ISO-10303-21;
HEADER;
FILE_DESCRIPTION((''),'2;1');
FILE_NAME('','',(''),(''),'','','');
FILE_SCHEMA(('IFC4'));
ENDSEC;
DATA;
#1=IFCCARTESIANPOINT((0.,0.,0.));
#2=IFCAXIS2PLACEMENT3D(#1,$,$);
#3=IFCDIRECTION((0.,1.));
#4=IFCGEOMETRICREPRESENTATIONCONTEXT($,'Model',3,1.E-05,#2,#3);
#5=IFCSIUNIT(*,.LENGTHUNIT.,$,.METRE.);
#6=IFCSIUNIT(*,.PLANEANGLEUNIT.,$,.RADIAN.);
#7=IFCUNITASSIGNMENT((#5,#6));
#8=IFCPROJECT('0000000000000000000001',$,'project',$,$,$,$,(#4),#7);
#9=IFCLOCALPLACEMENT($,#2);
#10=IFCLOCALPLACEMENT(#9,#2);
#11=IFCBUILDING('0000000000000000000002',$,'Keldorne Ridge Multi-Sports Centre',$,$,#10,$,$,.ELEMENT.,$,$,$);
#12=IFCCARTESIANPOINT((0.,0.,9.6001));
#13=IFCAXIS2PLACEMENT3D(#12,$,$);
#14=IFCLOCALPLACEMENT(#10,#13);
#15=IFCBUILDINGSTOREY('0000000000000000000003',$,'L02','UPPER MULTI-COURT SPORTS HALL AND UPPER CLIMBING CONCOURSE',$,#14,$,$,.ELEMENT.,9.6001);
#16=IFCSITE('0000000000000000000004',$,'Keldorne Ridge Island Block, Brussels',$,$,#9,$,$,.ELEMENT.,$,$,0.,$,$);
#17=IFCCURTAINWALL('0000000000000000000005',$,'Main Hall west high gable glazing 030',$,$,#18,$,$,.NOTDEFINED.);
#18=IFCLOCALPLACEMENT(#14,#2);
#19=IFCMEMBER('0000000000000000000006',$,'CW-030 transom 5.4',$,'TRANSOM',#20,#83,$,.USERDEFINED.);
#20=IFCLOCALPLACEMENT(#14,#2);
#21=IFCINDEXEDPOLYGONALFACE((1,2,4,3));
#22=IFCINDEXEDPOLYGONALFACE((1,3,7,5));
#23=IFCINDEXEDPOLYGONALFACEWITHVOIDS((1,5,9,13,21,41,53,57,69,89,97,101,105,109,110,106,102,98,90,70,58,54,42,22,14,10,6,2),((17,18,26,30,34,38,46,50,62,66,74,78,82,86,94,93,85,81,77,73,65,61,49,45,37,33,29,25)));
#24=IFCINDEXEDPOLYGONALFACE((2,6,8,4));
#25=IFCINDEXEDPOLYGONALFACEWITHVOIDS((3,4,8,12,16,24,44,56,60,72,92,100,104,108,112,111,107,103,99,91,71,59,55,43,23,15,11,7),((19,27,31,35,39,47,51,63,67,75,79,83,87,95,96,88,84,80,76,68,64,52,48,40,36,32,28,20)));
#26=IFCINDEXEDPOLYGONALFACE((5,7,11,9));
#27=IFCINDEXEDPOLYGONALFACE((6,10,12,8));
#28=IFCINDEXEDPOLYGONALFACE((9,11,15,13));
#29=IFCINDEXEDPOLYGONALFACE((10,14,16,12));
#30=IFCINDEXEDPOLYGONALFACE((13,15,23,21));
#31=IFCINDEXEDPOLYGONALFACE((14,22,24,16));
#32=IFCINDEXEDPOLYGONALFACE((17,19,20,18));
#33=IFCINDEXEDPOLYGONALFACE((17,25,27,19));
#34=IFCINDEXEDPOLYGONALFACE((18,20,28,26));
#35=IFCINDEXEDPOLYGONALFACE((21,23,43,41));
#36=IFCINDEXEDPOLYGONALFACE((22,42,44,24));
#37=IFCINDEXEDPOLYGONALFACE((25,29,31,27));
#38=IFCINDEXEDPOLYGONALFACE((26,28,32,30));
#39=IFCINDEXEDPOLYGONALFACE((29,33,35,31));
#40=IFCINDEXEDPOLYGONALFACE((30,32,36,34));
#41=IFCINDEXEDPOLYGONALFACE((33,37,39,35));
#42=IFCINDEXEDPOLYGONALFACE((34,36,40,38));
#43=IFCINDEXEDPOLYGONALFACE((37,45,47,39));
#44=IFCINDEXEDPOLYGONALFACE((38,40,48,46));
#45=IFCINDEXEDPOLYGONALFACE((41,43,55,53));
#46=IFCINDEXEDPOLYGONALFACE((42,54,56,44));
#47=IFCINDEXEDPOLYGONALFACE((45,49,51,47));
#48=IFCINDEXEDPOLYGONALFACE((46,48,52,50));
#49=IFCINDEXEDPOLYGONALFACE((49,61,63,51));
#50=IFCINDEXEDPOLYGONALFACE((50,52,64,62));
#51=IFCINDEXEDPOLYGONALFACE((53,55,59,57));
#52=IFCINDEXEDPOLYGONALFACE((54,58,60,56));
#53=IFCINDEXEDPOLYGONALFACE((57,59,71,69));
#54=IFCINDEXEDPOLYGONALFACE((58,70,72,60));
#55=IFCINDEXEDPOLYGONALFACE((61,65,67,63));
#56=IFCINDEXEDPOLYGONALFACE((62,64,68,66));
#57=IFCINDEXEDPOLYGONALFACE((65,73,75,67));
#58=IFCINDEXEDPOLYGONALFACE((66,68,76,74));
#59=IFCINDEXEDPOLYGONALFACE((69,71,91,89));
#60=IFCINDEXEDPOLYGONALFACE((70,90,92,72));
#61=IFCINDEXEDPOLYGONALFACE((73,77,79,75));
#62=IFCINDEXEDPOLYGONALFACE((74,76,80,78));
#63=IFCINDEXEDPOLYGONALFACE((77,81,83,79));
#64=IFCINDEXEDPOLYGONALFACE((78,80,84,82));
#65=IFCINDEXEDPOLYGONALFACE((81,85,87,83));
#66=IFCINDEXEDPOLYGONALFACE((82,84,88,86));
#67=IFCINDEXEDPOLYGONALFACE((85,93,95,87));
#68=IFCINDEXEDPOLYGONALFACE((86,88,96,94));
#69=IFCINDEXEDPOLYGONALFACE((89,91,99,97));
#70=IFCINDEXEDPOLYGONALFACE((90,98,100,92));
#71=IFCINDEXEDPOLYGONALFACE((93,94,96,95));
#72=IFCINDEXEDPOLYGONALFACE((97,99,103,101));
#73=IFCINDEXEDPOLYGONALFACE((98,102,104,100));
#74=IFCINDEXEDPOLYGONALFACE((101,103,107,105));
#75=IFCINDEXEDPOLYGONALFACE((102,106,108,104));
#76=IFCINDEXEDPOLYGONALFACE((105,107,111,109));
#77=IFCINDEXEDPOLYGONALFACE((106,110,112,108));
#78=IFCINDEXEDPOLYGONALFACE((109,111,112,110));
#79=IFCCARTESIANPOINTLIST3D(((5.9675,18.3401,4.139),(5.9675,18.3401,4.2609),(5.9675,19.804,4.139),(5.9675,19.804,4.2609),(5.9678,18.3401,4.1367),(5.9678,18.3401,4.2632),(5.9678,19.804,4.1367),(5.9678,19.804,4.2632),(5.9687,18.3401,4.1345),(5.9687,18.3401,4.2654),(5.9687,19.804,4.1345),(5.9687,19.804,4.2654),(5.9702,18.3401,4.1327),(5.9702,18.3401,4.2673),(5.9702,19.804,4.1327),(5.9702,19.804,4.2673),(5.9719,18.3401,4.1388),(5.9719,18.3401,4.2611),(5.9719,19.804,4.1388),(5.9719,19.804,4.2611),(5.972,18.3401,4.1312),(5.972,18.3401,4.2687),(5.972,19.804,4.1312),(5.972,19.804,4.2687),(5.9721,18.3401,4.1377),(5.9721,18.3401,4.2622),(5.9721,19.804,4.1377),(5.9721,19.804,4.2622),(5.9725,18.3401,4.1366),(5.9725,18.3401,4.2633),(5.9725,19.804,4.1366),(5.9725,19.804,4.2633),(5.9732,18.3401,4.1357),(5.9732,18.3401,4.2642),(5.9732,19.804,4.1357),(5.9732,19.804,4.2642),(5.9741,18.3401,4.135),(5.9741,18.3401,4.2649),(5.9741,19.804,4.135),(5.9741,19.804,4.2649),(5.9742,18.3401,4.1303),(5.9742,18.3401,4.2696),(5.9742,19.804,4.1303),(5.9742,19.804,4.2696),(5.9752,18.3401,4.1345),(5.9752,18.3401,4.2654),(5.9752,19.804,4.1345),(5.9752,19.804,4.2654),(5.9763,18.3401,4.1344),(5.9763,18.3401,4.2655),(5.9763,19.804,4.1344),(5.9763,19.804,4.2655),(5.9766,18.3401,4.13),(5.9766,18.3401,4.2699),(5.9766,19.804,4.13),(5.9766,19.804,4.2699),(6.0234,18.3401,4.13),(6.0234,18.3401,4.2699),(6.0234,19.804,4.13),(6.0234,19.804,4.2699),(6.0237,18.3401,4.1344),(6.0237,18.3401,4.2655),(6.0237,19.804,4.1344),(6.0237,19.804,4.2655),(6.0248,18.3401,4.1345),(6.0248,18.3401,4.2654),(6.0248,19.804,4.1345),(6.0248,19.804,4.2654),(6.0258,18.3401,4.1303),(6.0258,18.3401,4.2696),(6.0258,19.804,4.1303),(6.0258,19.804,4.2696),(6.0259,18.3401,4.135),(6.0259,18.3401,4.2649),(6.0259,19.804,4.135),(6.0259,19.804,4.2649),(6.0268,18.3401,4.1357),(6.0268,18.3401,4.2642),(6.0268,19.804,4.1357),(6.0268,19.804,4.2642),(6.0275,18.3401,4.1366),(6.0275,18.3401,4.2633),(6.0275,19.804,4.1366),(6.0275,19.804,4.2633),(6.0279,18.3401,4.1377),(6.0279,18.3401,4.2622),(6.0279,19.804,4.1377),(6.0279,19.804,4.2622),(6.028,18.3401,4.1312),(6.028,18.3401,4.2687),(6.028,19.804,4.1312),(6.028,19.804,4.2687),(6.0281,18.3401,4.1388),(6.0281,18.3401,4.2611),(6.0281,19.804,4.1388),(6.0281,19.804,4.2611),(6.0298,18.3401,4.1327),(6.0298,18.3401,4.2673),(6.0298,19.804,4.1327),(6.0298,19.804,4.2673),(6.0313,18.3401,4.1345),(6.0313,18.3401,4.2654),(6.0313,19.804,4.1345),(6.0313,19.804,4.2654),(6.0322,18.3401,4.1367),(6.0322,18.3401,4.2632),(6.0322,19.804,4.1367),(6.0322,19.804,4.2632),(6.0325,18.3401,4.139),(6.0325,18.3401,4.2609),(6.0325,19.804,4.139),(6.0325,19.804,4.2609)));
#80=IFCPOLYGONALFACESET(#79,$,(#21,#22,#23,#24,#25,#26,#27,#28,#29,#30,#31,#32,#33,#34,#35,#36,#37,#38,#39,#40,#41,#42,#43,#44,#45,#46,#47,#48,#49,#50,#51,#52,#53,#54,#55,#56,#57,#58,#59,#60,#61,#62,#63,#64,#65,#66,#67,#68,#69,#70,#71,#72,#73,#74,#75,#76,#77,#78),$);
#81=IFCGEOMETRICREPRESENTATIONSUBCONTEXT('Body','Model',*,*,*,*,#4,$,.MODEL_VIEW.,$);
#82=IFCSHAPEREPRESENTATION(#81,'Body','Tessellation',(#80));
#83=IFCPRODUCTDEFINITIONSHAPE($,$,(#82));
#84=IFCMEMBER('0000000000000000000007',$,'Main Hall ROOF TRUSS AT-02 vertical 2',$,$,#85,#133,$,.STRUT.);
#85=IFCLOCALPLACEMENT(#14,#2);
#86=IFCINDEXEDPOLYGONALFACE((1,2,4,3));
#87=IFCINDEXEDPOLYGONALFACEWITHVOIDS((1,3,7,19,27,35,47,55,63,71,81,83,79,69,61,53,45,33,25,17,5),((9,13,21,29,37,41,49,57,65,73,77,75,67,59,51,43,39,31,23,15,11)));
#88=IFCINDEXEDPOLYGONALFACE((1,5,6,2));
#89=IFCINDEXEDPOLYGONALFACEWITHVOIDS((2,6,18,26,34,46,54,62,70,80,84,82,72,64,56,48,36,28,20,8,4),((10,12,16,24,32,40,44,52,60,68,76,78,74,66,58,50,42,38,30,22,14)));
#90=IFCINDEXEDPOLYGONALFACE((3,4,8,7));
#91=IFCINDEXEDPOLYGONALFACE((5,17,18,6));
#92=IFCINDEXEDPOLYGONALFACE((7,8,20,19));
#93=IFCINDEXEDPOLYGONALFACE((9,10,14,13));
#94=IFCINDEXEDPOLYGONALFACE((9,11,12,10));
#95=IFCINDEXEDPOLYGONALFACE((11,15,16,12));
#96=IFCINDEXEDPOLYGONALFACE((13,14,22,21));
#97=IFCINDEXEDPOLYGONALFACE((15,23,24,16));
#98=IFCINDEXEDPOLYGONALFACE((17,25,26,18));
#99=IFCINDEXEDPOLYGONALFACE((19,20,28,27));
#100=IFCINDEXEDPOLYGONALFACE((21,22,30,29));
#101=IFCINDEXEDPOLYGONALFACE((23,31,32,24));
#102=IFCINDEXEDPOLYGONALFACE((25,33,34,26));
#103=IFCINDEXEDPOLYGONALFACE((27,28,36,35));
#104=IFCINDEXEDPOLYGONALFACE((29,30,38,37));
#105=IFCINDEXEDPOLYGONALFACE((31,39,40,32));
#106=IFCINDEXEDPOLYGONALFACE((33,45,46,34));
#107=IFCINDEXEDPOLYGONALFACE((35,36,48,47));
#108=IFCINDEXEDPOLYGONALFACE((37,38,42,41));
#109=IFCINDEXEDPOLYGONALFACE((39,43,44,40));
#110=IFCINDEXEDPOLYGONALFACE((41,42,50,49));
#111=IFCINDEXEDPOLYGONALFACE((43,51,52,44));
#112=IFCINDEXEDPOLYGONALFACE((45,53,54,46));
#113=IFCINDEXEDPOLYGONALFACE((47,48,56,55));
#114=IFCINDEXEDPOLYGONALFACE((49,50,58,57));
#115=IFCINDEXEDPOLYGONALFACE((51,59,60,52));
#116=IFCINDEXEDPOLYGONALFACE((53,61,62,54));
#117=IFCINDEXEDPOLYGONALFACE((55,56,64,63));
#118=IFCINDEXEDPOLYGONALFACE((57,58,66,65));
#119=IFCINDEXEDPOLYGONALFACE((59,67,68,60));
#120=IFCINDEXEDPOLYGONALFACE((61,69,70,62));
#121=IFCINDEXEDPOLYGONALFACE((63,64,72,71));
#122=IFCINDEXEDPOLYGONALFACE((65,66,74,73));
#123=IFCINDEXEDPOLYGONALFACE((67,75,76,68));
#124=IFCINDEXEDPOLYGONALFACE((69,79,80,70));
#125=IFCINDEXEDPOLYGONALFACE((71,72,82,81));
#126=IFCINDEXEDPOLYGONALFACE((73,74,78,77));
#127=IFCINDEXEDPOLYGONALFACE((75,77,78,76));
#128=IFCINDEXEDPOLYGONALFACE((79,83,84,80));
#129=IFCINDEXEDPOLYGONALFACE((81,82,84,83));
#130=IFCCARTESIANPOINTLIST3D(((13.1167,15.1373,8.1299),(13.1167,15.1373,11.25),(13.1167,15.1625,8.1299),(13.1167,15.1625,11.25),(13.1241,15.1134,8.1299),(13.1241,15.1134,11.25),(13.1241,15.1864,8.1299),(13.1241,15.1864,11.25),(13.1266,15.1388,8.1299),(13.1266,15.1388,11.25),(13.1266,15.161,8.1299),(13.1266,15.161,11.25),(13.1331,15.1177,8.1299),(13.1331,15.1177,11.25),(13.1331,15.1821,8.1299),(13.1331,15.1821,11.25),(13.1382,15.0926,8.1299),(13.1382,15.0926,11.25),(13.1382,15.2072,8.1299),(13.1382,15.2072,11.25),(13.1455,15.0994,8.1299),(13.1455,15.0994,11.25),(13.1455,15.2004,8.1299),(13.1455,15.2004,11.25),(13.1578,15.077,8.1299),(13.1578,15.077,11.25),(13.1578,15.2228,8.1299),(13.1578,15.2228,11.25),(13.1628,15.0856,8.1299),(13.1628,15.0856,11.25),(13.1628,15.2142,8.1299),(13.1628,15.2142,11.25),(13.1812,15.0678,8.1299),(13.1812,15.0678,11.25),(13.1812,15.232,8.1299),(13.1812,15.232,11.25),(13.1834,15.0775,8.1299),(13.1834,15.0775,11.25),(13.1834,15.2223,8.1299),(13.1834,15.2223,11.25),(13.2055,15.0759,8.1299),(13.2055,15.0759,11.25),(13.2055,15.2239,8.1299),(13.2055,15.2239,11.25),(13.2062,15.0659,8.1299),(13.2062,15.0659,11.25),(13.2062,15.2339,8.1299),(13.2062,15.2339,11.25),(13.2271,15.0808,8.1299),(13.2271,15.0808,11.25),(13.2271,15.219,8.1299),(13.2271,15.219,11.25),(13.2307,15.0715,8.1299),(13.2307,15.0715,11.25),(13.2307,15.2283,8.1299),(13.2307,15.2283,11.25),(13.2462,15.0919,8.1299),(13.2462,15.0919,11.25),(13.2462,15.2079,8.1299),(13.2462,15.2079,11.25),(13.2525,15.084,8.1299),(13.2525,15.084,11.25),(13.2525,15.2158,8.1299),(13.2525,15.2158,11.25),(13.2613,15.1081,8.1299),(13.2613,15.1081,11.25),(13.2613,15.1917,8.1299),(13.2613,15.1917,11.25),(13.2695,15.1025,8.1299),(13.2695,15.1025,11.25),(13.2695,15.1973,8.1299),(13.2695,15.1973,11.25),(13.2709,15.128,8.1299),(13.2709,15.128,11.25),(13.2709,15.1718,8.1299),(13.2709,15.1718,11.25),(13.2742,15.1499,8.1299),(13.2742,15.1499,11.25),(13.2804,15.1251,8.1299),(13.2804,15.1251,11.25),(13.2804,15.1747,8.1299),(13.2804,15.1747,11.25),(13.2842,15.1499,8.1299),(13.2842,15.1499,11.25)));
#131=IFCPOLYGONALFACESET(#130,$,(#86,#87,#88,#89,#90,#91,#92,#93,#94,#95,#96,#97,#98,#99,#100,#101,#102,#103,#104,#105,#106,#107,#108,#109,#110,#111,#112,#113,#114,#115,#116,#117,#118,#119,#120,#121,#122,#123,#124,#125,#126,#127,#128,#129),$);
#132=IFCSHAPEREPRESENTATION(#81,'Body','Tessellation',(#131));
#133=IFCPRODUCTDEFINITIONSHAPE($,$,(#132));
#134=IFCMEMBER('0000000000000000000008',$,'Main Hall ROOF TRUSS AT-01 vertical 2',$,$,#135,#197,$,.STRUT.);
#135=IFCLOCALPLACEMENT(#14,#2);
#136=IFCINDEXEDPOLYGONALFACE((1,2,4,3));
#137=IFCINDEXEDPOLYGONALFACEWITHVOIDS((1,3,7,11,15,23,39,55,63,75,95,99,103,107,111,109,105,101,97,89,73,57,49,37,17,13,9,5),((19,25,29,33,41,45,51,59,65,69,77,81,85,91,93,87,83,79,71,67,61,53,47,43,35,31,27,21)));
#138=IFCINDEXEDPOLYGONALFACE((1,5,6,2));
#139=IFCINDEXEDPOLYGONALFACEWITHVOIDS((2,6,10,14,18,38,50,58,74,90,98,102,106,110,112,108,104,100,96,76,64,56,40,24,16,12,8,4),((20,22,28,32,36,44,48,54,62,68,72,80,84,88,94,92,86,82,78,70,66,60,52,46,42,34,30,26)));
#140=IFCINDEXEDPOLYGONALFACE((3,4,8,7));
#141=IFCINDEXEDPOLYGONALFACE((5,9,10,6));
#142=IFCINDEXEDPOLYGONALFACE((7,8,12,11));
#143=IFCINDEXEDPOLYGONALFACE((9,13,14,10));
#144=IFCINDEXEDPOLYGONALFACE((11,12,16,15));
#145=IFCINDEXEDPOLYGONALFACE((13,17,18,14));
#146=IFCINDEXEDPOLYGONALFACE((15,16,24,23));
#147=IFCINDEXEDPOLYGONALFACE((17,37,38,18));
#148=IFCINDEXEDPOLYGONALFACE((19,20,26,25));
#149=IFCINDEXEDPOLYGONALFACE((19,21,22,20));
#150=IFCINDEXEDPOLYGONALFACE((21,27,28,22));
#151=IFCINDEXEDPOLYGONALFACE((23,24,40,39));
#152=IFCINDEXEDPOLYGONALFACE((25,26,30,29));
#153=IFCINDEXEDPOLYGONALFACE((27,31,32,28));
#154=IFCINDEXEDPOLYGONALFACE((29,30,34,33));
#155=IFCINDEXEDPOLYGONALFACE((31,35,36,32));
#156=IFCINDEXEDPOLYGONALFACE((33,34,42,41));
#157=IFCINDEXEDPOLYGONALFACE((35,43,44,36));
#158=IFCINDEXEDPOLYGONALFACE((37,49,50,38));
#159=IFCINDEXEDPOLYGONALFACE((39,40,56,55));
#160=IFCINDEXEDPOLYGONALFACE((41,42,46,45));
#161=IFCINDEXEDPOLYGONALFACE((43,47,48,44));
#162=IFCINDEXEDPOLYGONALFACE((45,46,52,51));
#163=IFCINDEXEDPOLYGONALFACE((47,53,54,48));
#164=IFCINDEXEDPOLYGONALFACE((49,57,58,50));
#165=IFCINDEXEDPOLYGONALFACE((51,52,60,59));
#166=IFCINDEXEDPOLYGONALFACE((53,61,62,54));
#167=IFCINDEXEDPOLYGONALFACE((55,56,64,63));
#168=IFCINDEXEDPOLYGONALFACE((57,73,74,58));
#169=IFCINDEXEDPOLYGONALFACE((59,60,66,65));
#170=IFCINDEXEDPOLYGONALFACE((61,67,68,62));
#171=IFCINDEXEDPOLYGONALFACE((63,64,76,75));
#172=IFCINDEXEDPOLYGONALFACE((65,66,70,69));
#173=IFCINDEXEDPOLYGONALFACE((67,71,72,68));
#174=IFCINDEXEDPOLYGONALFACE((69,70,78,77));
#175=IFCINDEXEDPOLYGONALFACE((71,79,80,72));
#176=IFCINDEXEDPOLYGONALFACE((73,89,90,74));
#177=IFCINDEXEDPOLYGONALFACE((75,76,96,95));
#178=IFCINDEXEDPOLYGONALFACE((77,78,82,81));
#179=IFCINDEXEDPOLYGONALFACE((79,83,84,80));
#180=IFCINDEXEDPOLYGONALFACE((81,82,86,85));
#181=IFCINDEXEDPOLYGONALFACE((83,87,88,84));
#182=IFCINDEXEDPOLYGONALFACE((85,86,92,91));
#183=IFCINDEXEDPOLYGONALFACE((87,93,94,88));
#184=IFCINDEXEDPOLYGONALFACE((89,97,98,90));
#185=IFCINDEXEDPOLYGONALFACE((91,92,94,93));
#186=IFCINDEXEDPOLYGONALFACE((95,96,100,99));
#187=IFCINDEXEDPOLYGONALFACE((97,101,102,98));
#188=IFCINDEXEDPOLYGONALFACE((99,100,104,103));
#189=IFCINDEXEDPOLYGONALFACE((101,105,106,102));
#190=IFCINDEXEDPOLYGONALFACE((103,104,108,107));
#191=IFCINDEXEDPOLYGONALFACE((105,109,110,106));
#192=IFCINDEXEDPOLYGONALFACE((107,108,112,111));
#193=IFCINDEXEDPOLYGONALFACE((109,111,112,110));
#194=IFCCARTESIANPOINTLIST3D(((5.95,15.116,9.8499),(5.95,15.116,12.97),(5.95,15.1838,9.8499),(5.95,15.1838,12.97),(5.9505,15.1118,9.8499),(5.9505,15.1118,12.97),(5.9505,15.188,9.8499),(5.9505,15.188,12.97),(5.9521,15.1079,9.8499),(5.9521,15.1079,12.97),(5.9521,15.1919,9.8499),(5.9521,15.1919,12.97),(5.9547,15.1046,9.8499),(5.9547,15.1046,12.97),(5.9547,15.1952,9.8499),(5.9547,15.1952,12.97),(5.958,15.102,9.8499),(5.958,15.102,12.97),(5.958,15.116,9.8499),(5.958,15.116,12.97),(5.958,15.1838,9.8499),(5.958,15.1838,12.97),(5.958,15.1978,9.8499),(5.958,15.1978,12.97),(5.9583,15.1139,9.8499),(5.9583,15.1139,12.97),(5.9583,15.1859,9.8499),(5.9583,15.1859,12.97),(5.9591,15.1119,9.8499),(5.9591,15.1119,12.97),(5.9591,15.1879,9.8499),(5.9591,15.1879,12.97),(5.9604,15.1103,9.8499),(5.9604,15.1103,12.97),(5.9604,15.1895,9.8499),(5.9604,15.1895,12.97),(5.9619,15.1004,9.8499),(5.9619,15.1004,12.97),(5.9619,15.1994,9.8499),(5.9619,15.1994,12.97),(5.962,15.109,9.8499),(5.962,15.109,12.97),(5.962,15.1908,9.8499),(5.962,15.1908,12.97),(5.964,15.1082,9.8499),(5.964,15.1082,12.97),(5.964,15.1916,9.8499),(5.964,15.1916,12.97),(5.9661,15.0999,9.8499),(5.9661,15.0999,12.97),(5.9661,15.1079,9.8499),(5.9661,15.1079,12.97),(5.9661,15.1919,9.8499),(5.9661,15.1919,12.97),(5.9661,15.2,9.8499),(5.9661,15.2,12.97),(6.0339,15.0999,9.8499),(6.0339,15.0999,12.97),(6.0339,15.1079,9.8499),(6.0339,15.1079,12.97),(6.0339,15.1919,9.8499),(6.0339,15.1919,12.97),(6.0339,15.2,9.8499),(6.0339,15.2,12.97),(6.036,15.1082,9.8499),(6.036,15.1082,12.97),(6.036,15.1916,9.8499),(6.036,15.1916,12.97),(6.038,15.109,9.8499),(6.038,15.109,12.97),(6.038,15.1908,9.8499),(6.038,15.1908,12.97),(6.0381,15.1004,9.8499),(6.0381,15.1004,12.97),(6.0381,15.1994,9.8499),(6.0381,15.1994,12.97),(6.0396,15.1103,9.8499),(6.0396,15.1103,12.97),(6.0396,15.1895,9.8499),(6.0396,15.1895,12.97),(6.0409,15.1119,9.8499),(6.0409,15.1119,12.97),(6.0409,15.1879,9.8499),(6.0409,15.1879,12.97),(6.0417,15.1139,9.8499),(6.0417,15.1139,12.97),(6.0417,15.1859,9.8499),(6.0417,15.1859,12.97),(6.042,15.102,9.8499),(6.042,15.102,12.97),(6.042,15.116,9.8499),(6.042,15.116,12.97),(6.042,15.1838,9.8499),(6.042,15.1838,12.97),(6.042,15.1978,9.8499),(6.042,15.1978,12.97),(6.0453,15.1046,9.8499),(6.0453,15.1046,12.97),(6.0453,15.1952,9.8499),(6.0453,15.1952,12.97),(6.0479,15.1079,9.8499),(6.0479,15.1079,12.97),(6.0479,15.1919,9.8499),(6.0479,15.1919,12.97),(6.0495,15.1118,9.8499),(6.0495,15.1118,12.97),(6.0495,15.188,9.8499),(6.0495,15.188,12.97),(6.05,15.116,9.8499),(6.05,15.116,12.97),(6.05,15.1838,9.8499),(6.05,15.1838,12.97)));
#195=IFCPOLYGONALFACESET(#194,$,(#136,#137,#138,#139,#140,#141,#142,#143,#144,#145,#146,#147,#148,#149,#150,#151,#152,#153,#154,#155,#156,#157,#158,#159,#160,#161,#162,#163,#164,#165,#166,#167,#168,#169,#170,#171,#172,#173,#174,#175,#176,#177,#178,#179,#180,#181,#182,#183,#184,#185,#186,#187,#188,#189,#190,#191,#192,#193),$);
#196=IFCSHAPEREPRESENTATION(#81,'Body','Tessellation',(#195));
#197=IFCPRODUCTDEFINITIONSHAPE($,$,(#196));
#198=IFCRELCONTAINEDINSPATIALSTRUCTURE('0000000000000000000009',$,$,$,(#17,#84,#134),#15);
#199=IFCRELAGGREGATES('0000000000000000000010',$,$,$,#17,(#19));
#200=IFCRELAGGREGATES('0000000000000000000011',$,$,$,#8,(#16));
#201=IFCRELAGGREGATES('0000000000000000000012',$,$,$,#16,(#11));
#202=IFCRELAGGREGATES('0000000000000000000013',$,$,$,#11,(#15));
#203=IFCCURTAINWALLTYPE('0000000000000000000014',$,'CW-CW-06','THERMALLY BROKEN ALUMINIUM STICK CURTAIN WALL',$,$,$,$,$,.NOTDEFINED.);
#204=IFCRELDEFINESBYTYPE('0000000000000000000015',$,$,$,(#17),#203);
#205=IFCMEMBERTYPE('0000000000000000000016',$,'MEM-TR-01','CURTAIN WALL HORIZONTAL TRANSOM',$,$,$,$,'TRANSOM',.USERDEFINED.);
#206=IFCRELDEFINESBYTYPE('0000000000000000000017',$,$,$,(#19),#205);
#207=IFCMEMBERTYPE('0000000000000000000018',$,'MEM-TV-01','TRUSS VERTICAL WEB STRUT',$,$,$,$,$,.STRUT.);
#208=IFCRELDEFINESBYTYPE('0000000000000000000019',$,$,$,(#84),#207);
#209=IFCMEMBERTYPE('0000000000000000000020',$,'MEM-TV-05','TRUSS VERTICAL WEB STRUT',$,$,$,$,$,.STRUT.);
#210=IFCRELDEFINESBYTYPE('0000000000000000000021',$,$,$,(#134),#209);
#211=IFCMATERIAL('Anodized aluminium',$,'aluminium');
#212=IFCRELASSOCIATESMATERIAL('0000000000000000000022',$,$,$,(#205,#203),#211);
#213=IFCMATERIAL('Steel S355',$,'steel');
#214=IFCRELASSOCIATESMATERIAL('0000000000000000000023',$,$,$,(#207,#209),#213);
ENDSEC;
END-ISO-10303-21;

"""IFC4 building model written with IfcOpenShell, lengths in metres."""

from ifc_helpers import new_model, si_unit, direction, frame, origin, origin_2d, place, context, subcontext, project, spatial, hollow_rectangle, hollow_circle, extrude, material, material_profile, profile_set, type_object, element, aggregate, save


model = new_model("IFC4")

# Units and contexts
model_context = context("Model", 3, precision=1e-05, world=origin(), true_north=direction((0.0, 1.0)))
body_context = subcontext(model_context, "Body", "Model", "MODEL_VIEW")
ifc_project = project(units=[si_unit("LENGTHUNIT", "METRE"), si_unit("PLANEANGLEUNIT", "RADIAN")], contexts=[model_context])

# Site, building, storey
site_placement = place(None, origin())
site = spatial("IfcSite", under=ifc_project, at=site_placement, Name="Keldorne Ridge Island Block, Brussels", CompositionType="ELEMENT", RefElevation=0.0)
building_placement = place(site_placement, origin())
building = spatial("IfcBuilding", under=site, at=building_placement, Name="Keldorne Ridge Multi-Sports Centre", CompositionType="ELEMENT")
storey_placement = place(building_placement, frame((0.0, 0.0, 9.6001)))
storey = spatial("IfcBuildingStorey", under=building, at=storey_placement, Name="L02", Description="UPPER MULTI-COURT SPORTS HALL AND UPPER CLIMBING CONCOURSE", CompositionType="ELEMENT", Elevation=9.6001)

# Shared definitions
ifc_material_1 = material(Name="Steel S355", Category="steel")

# Curtain wall, member
ifc_material_2 = material(Name="Anodized aluminium", Category="aluminium")
ifc_material_profile_1 = material_profile(ifc_material_2, hollow_rectangle(XDim=0.0649, YDim=0.1399, WallThickness=0.0044, InnerFilletRadius=0.0044, OuterFilletRadius=0.009, at=origin_2d()), Name="ALU TRANSOM 140x65x4.5")
ifc_profile_set_1 = profile_set([ifc_material_profile_1], Name="Anodized aluminium")
member_type_1 = type_object("IfcMemberType", Name="MEM-TR-01", Description="CURTAIN WALL HORIZONTAL TRANSOM", ElementType="TRANSOM", PredefinedType="USERDEFINED", material=ifc_profile_set_1)
curtain_wall_type_1 = type_object("IfcCurtainWallType", Name="CW-CW-06", Description="THERMALLY BROKEN ALUMINIUM STICK CURTAIN WALL", PredefinedType="NOTDEFINED", material=ifc_material_2)
curtain_wall_1_placement = place(storey_placement, origin())
curtain_wall_1 = element("IfcCurtainWall", 1, at=curtain_wall_1_placement, inside=storey, type_object=curtain_wall_type_1, Name="Main Hall west high gable glazing 030", PredefinedType="NOTDEFINED")
member_1_placement = place(storey_placement, frame((6.0, 19.804, 4.2), z_axis=(0.0, -1.0, 0.0), x_axis=(1.0, 0.0, 0.0)))
member_1 = element("IfcMember", 2, at=member_1_placement, type_object=member_type_1, Name="CW-030 transom 5.4", ObjectType="TRANSOM", PredefinedType="USERDEFINED", context=body_context, shape_type="SweptSolid", body=[
    extrude(hollow_rectangle(XDim=0.0649, YDim=0.1399, WallThickness=0.0044, InnerFilletRadius=0.0044, OuterFilletRadius=0.009, at=origin_2d()), origin(), (0.0, 0.0, 1.0), 1.4639),
])

# Members
ifc_material_profile_2 = material_profile(ifc_material_1, hollow_circle(Radius=0.0842, WallThickness=0.01, at=origin_2d()), Name="CHS 168.3x10")
ifc_profile_set_2 = profile_set([ifc_material_profile_2], Name="Steel S355")
member_type_2 = type_object("IfcMemberType", Name="MEM-TV-01", Description="TRUSS VERTICAL WEB STRUT", PredefinedType="STRUT", material=ifc_profile_set_2)
member_2_placement = place(storey_placement, frame((13.2, 15.1499, 8.1299), z_axis=(0.0, 0.0, 1.0), x_axis=(1.0, 0.0, 0.0)))
element("IfcMember", 3, at=member_2_placement, inside=storey, type_object=member_type_2, Name="Main Hall ROOF TRUSS AT-02 vertical 2", PredefinedType="STRUT", context=body_context, shape_type="SweptSolid", body=[
    extrude(hollow_circle(Radius=0.0842, WallThickness=0.01, at=origin_2d()), origin(), (0.0, 0.0, 1.0), 3.1201),
])
ifc_material_profile_3 = material_profile(ifc_material_1, hollow_rectangle(XDim=0.1001, YDim=0.1001, WallThickness=0.0081, InnerFilletRadius=0.0081, OuterFilletRadius=0.0161, at=origin_2d()), Name="SHS 100x100x8")
ifc_profile_set_3 = profile_set([ifc_material_profile_3], Name="Steel S355")
member_type_3 = type_object("IfcMemberType", Name="MEM-TV-05", Description="TRUSS VERTICAL WEB STRUT", PredefinedType="STRUT", material=ifc_profile_set_3)
member_3_placement = place(storey_placement, frame((6.0, 15.1499, 9.8499), z_axis=(0.0, 0.0, 1.0), x_axis=(1.0, 0.0, 0.0)))
element("IfcMember", 4, at=member_3_placement, inside=storey, type_object=member_type_3, Name="Main Hall ROOF TRUSS AT-01 vertical 2", PredefinedType="STRUT", context=body_context, shape_type="SweptSolid", body=[
    extrude(hollow_rectangle(XDim=0.1001, YDim=0.1001, WallThickness=0.0081, InnerFilletRadius=0.0081, OuterFilletRadius=0.0161, at=origin_2d()), origin(), (0.0, 0.0, 1.0), 3.1201),
])

aggregate(curtain_wall_1, [member_1])

save(model, "model.ifc")
